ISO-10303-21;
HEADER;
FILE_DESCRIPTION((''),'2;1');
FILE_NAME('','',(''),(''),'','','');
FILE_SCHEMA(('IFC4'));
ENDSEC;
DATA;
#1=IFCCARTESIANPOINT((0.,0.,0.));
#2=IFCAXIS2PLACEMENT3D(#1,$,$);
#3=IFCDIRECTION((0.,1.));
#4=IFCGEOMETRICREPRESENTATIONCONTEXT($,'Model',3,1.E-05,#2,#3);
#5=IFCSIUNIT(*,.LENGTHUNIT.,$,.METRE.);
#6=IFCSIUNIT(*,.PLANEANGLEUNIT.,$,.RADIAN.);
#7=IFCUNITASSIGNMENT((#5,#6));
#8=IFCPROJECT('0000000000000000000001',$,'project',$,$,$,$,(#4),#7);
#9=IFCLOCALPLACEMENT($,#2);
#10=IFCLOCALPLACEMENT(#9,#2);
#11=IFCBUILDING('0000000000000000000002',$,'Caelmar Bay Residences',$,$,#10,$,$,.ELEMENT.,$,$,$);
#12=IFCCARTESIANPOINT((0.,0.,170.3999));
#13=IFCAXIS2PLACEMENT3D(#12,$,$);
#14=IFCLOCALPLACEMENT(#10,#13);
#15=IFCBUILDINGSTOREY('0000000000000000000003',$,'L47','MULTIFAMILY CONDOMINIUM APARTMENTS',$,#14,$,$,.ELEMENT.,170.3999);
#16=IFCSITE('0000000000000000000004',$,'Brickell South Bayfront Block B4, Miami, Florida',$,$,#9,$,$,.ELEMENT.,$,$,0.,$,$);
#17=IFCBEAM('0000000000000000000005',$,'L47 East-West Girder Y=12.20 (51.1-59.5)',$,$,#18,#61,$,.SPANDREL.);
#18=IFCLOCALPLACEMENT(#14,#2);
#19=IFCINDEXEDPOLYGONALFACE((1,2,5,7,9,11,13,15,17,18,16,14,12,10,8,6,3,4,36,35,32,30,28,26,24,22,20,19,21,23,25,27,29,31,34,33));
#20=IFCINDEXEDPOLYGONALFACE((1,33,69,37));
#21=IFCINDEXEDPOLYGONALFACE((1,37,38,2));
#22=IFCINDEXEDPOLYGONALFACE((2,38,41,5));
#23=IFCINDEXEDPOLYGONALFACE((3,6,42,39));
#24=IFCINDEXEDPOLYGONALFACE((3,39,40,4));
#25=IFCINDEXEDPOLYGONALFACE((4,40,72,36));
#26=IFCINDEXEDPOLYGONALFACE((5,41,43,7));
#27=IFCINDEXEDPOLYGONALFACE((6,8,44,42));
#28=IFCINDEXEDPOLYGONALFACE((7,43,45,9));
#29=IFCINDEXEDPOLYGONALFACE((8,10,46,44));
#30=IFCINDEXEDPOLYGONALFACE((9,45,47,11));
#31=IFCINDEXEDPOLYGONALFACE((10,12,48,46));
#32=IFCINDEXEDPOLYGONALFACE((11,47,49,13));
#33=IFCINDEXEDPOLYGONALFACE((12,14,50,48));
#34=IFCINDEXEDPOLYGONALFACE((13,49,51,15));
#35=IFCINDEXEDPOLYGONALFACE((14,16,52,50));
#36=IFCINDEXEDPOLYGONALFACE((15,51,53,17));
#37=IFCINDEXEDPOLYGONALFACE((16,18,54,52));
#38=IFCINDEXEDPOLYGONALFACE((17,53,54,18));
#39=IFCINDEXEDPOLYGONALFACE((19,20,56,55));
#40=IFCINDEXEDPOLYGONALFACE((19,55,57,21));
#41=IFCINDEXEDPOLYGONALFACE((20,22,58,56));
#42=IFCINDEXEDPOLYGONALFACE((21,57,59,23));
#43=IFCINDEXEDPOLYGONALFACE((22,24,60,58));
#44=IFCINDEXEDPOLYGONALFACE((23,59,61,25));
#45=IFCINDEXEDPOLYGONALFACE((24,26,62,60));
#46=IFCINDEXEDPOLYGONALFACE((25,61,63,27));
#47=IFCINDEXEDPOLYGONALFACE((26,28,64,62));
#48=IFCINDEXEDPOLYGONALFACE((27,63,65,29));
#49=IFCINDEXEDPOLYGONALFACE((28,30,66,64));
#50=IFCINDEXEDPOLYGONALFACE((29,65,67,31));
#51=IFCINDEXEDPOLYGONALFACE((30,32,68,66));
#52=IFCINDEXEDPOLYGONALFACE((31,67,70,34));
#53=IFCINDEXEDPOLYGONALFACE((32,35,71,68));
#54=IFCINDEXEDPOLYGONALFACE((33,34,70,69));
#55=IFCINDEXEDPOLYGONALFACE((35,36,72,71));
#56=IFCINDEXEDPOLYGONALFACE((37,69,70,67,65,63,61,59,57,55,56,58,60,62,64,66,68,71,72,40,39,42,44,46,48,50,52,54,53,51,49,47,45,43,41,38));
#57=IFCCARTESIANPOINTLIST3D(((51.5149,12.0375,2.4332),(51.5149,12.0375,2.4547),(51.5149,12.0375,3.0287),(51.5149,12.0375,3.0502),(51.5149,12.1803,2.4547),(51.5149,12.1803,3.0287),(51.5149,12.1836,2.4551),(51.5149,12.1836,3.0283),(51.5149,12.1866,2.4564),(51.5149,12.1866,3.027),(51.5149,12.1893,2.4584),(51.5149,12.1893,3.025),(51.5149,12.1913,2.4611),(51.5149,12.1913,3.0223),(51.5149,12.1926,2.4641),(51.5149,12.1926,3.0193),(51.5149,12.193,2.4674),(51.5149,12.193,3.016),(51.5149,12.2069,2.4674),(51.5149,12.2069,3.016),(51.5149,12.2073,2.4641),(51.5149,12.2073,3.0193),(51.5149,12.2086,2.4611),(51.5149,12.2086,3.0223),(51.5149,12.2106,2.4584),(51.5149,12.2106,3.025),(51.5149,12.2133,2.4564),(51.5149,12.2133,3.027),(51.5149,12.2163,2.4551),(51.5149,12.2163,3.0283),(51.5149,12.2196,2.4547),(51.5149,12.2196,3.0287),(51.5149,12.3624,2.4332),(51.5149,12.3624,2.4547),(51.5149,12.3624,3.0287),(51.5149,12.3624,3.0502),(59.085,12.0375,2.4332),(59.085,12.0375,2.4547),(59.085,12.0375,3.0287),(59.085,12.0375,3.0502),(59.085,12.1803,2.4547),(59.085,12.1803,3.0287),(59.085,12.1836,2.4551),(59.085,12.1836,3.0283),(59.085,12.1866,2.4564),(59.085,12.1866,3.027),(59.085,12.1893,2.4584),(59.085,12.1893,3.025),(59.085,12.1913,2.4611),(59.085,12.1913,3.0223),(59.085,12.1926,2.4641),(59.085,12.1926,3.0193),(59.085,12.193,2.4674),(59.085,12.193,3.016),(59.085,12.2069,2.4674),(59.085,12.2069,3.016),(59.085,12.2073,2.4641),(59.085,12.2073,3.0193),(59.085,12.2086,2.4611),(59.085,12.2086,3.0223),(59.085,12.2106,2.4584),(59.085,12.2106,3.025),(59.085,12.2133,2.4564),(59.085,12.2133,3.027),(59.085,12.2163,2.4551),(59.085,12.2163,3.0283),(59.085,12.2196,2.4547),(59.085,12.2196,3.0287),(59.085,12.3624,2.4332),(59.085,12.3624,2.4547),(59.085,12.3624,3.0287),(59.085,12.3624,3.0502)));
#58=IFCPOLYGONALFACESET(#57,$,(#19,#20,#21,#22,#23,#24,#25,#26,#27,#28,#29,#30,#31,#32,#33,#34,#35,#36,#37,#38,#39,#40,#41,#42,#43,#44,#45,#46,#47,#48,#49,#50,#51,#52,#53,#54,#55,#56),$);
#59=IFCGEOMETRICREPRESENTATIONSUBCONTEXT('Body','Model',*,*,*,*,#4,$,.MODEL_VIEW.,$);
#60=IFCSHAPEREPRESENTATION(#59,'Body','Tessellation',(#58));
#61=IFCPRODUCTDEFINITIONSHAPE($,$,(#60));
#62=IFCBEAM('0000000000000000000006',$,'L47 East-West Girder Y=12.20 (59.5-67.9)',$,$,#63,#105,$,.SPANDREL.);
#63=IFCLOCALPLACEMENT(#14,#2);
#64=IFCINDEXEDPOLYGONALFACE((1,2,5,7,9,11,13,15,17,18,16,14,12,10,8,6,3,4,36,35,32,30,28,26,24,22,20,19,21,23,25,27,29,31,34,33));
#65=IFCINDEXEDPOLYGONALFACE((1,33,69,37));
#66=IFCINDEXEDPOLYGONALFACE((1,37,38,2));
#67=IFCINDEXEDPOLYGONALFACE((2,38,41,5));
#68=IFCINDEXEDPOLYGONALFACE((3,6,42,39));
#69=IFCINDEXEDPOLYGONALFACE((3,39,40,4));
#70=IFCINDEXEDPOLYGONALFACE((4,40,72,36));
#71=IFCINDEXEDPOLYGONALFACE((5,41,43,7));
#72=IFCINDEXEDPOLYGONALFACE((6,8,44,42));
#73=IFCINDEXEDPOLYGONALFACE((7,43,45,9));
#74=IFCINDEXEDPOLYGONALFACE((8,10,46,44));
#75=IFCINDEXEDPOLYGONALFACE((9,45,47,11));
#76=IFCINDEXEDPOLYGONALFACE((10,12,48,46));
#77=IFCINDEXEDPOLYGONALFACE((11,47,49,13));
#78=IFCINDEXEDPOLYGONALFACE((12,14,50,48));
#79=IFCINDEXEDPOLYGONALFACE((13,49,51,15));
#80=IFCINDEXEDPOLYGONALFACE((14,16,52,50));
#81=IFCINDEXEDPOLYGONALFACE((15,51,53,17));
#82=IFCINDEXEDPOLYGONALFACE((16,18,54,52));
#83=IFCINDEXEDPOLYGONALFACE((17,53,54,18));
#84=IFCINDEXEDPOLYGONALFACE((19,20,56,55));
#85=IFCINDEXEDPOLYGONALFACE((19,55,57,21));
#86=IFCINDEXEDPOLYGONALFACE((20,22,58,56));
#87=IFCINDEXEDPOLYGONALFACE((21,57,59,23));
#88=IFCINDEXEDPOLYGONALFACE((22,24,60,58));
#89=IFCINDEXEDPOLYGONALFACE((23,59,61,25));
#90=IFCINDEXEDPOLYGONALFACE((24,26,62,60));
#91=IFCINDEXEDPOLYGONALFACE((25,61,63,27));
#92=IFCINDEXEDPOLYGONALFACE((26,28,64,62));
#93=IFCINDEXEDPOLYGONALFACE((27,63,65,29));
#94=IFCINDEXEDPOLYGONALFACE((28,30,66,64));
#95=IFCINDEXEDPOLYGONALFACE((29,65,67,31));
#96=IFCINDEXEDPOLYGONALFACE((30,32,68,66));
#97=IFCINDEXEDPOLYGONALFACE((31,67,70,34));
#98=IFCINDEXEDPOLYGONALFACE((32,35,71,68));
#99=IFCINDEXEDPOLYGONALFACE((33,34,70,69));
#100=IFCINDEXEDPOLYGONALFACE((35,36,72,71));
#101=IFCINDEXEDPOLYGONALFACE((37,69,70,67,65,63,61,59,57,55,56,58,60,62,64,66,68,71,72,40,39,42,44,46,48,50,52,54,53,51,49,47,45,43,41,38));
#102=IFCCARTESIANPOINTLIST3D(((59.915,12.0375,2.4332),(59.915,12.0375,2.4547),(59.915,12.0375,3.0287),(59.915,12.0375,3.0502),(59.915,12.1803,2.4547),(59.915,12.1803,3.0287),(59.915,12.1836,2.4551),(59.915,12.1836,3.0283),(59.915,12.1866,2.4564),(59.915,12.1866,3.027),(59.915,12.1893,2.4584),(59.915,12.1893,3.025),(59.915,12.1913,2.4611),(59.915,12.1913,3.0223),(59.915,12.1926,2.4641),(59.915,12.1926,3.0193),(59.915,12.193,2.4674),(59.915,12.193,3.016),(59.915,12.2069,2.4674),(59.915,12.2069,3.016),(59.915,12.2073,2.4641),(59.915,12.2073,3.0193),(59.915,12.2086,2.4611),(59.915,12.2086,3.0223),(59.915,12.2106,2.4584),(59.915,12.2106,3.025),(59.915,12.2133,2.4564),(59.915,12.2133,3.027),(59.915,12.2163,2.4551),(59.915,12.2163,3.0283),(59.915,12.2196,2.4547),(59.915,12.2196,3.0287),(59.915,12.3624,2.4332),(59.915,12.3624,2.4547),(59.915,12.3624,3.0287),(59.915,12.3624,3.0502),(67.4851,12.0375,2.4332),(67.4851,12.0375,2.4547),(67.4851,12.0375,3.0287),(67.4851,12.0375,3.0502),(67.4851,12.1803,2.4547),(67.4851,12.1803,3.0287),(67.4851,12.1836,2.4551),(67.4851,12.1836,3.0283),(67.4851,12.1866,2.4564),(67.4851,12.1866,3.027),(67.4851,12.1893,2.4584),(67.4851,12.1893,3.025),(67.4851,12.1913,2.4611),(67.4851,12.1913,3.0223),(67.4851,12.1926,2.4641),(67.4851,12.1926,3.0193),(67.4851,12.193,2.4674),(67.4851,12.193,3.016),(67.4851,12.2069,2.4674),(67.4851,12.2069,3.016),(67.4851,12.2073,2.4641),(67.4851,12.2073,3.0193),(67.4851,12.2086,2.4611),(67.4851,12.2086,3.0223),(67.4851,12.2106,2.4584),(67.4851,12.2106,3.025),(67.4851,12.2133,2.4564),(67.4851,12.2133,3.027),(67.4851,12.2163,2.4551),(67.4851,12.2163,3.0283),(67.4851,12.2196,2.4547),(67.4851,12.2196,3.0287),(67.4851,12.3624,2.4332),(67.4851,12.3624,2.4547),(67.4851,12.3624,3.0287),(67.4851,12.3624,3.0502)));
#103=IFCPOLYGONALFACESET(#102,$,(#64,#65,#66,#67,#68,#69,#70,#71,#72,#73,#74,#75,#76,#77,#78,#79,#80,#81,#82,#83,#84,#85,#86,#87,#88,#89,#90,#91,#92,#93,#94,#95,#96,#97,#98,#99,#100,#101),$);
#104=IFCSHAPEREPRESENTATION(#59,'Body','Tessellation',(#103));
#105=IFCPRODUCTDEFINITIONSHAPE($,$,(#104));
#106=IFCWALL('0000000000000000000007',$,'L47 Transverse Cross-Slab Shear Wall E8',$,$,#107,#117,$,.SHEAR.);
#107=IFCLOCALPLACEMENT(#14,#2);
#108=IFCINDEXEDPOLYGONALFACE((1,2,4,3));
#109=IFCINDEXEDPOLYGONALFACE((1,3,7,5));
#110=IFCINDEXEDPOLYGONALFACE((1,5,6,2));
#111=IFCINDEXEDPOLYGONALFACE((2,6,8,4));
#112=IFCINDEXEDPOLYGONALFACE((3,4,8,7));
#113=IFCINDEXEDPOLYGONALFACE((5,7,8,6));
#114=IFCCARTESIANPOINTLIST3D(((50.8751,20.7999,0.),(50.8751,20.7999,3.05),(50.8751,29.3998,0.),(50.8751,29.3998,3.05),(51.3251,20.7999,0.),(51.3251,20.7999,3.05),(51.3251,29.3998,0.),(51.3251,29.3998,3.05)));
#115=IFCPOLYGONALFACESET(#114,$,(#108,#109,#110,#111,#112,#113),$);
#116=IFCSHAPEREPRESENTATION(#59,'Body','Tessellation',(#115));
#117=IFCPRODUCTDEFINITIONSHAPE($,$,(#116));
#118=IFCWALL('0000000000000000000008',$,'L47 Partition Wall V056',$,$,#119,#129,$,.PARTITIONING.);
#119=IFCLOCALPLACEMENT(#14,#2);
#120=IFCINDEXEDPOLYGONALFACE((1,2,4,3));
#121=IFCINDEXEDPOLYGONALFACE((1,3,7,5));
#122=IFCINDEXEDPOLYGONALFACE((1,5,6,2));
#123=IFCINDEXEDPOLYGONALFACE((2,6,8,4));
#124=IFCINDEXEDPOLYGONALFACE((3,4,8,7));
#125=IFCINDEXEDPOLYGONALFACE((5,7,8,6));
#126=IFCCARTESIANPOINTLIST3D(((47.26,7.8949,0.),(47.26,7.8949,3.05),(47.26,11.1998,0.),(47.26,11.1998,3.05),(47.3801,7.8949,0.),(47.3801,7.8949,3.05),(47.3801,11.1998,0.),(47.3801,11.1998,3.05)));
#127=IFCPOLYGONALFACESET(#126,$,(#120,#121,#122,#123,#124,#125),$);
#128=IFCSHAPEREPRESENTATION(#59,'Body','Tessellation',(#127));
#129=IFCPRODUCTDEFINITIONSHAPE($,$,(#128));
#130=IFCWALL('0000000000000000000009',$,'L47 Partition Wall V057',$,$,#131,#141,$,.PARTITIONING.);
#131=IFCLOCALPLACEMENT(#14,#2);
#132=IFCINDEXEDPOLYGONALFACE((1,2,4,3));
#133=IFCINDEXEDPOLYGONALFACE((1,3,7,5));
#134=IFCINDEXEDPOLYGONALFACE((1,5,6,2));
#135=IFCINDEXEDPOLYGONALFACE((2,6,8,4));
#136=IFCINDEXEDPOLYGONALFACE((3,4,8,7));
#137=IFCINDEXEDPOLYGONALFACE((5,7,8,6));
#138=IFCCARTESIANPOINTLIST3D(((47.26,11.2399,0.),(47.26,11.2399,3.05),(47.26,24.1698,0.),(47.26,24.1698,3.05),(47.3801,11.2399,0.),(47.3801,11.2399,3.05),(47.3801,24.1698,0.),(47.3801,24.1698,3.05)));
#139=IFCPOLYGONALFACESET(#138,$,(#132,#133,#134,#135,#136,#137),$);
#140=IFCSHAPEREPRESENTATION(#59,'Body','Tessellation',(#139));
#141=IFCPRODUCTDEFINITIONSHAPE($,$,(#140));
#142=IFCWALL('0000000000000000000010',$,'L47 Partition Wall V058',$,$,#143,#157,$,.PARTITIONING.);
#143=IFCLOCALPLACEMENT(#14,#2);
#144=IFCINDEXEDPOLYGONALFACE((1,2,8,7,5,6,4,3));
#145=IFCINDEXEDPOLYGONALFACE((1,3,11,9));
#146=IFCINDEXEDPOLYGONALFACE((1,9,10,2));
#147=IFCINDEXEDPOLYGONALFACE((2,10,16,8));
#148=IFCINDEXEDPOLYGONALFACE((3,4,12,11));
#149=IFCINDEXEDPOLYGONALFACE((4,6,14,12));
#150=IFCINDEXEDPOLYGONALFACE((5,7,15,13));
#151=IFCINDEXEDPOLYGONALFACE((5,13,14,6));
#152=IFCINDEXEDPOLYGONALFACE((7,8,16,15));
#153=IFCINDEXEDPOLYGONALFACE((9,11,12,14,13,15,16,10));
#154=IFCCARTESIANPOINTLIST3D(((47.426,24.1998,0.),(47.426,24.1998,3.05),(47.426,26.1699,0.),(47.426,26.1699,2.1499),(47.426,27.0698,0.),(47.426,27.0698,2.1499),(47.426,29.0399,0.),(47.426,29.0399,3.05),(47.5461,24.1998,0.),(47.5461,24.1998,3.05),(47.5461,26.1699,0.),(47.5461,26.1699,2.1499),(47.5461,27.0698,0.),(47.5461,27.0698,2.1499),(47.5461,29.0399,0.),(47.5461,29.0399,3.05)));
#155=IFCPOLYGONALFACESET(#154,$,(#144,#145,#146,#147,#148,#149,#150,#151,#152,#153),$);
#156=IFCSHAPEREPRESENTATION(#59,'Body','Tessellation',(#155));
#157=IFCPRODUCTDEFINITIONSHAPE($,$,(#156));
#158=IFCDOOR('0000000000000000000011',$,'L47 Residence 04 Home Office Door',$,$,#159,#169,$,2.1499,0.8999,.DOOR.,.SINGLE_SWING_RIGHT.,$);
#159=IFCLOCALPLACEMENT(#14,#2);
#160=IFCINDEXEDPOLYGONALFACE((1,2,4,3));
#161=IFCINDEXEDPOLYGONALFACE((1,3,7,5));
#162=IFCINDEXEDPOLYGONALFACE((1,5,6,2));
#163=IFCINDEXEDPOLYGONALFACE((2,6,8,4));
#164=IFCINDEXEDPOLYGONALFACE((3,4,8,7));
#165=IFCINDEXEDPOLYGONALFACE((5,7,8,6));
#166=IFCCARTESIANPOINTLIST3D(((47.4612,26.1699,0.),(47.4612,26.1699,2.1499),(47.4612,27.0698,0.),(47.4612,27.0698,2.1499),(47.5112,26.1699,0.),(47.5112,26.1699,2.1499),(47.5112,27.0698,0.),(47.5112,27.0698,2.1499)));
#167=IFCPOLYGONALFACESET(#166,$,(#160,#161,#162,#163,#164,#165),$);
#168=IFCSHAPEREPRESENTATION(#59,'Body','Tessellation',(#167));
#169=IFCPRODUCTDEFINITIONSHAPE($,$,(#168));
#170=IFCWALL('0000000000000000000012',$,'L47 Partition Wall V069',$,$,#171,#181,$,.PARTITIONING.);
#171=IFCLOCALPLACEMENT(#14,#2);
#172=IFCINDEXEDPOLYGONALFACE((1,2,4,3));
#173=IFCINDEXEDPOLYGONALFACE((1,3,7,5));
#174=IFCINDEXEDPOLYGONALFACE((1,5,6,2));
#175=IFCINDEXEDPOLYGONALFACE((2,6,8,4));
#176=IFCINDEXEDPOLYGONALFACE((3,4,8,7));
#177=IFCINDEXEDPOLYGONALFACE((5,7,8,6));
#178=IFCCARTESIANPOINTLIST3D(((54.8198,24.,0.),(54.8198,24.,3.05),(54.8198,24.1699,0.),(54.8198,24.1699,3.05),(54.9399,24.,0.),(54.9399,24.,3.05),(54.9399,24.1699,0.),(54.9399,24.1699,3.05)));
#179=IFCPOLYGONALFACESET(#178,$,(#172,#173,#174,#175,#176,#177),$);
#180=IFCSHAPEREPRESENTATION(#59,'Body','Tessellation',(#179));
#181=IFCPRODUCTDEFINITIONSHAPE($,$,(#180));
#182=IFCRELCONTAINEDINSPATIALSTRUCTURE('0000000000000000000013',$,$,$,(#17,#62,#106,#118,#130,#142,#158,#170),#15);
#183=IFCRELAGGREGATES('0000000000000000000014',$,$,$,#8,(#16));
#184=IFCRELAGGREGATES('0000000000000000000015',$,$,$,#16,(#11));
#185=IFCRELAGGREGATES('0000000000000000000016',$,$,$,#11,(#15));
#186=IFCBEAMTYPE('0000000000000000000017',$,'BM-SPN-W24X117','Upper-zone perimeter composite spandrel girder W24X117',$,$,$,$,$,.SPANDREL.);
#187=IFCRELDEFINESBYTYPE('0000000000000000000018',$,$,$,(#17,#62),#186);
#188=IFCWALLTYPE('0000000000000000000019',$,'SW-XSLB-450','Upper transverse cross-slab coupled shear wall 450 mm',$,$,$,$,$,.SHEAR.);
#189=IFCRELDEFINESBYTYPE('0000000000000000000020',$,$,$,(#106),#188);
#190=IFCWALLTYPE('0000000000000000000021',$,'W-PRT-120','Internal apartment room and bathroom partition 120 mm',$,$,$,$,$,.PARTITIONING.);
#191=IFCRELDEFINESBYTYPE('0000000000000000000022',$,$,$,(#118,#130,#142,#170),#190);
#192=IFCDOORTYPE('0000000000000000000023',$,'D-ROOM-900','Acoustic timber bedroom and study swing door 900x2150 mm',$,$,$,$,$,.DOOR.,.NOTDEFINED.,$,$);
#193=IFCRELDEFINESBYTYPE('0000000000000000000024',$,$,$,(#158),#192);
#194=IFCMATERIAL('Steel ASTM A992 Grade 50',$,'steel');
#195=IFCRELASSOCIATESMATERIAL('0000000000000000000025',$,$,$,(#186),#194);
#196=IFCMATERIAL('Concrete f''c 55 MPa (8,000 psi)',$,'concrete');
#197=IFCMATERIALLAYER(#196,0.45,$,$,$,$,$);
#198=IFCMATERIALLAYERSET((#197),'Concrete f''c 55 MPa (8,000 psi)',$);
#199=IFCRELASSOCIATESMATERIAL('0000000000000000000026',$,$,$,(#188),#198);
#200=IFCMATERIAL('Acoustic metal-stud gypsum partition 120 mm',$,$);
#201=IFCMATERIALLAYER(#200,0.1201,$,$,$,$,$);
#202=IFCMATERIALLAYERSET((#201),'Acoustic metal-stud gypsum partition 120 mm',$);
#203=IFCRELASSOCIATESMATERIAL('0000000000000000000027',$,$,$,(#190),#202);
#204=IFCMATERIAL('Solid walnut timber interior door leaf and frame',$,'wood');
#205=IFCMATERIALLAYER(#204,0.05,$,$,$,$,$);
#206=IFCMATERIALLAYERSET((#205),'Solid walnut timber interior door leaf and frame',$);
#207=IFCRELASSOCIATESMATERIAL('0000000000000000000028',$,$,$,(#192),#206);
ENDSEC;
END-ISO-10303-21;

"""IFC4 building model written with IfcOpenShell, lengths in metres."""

from ifc_helpers import new_model, si_unit, direction, frame, frame_2d, origin, origin_2d, place, context, subcontext, project, spatial, rectangle, i_section, extrude, material, layer, layer_set, material_profile, profile_set, type_object, element, fill, save


model = new_model("IFC4")

# Units and contexts
model_context = context("Model", 3, precision=1e-05, world=origin(), true_north=direction((0.0, 1.0)))
body_context = subcontext(model_context, "Body", "Model", "MODEL_VIEW")
ifc_project = project(units=[si_unit("LENGTHUNIT", "METRE"), si_unit("PLANEANGLEUNIT", "RADIAN")], contexts=[model_context])

# Site, building, storey
site_placement = place(None, origin())
site = spatial("IfcSite", under=ifc_project, at=site_placement, Name="Brickell South Bayfront Block B4, Miami, Florida", CompositionType="ELEMENT", RefElevation=0.0)
building_placement = place(site_placement, origin())
building = spatial("IfcBuilding", under=site, at=building_placement, Name="Caelmar Bay Residences", CompositionType="ELEMENT")
storey_placement = place(building_placement, frame((0.0, 0.0, 170.3999)))
storey = spatial("IfcBuildingStorey", under=building, at=storey_placement, Name="L47", Description="MULTIFAMILY CONDOMINIUM APARTMENTS", CompositionType="ELEMENT", Elevation=170.3999)

# Shared definitions
ifc_material_1 = material(Name="Concrete f'c 55 MPa (8,000 psi)", Category="concrete")

# Beams
ifc_material_2 = material(Name="Steel ASTM A992 Grade 50", Category="steel")
ifc_material_profile_1 = material_profile(ifc_material_2, i_section(OverallWidth=0.325, OverallDepth=0.6169, WebThickness=0.0139, FlangeThickness=0.0215, FilletRadius=0.0127, at=origin_2d()), Name="W24X117")
ifc_profile_set_1 = profile_set([ifc_material_profile_1], Name="Steel ASTM A992 Grade 50")
beam_type_1 = type_object("IfcBeamType", Name="BM-SPN-W24X117", Description="Upper-zone perimeter composite spandrel girder W24X117", PredefinedType="SPANDREL", material=ifc_profile_set_1)
for number, where, z_axis, x_axis, name in (
    (1, (51.5149, 12.2, 2.7417), (1.0, 0.0, 0.0), (0.0, 1.0, 0.0), "L47 East-West Girder Y=12.20 (51.1-59.5)"),
    (2, (59.915, 12.2, 2.7417), (1.0, 0.0, 0.0), (0.0, 1.0, 0.0), "L47 East-West Girder Y=12.20 (59.5-67.9)"),
):
    element("IfcBeam", number, at=place(storey_placement, frame(where, z_axis=z_axis, x_axis=x_axis)), inside=storey, type_object=beam_type_1, Name=name, PredefinedType="SPANDREL", context=body_context, shape_type="SweptSolid", body=[
        extrude(i_section(OverallWidth=0.325, OverallDepth=0.6169, WebThickness=0.0139, FlangeThickness=0.0215, FilletRadius=0.0127, at=origin_2d()), origin(), (0.0, 0.0, 1.0), 7.5701),
    ])

# Walls
ifc_layer_1 = layer(ifc_material_1, 0.45)
ifc_layer_set_1 = layer_set([ifc_layer_1], Name="Concrete f'c 55 MPa (8,000 psi)")
wall_type_1 = type_object("IfcWallType", Name="SW-XSLB-450", Description="Upper transverse cross-slab coupled shear wall 450 mm", PredefinedType="SHEAR", material=ifc_layer_set_1)
wall_1_placement = place(storey_placement, frame((51.1001, 20.8, 0.0), z_axis=(0.0, 0.0, 1.0), x_axis=(0.0, 1.0, 0.0)))
element("IfcWall", 3, at=wall_1_placement, inside=storey, type_object=wall_type_1, Name="L47 Transverse Cross-Slab Shear Wall E8", PredefinedType="SHEAR", context=body_context, shape_type="SweptSolid", body=[
    extrude(rectangle(XDim=8.5999, YDim=0.45, at=frame_2d((4.2998, 0.0))), origin(), (0.0, 0.0, 1.0), 3.05),
])
ifc_material_3 = material(Name="Acoustic metal-stud gypsum partition 120 mm")
ifc_layer_2 = layer(ifc_material_3, 0.1201)
ifc_layer_set_2 = layer_set([ifc_layer_2], Name="Acoustic metal-stud gypsum partition 120 mm")
wall_type_2 = type_object("IfcWallType", Name="W-PRT-120", Description="Internal apartment room and bathroom partition 120 mm", PredefinedType="PARTITIONING", material=ifc_layer_set_2)
wall_2_placement = place(storey_placement, frame((47.3201, 7.895, 0.0), z_axis=(0.0, 0.0, 1.0), x_axis=(0.0, 1.0, 0.0)))
element("IfcWall", 4, at=wall_2_placement, inside=storey, type_object=wall_type_2, Name="L47 Partition Wall V056", PredefinedType="PARTITIONING", context=body_context, shape_type="SweptSolid", body=[
    extrude(rectangle(XDim=3.3049, YDim=0.1201, at=frame_2d((1.6523, 0.0))), origin(), (0.0, 0.0, 1.0), 3.05),
])
wall_3_placement = place(storey_placement, frame((47.3201, 11.24, 0.0), z_axis=(0.0, 0.0, 1.0), x_axis=(0.0, 1.0, 0.0)))
element("IfcWall", 5, at=wall_3_placement, inside=storey, type_object=wall_type_2, Name="L47 Partition Wall V057", PredefinedType="PARTITIONING", context=body_context, shape_type="SweptSolid", body=[
    extrude(rectangle(XDim=12.9299, YDim=0.1201, at=frame_2d((6.4648, 0.0))), origin(), (0.0, 0.0, 1.0), 3.05),
])

# Wall, opening, door
wall_4_placement = place(storey_placement, frame((47.4861, 24.2, 0.0), z_axis=(0.0, 0.0, 1.0), x_axis=(0.0, 1.0, 0.0)))
wall_4 = element("IfcWall", 6, at=wall_4_placement, inside=storey, type_object=wall_type_2, Name="L47 Partition Wall V058", PredefinedType="PARTITIONING", context=body_context, shape_type="SweptSolid", body=[
    extrude(rectangle(XDim=4.8401, YDim=0.1201, at=frame_2d((2.4199, 0.0))), origin(), (0.0, 0.0, 1.0), 3.05),
])
opening_1_placement = place(wall_4_placement, frame((1.97, 0.0, 0.0)))
opening_1 = element("IfcOpeningElement", 7, at=opening_1_placement, cuts=wall_4, PredefinedType="OPENING", context=body_context, shape_type="SweptSolid", body=[
    extrude(rectangle(XDim=0.8999, YDim=2.1499, at=frame_2d((0.45, 1.075))), frame((0.0, 0.0701, 0.0), z_axis=(0.0, -1.0, 0.0), x_axis=(1.0, 0.0, 0.0)), (0.0, 0.0, 1.0), 0.1401),
])
ifc_material_4 = material(Name="Solid walnut timber interior door leaf and frame", Category="wood")
ifc_layer_3 = layer(ifc_material_4, 0.05)
ifc_layer_set_3 = layer_set([ifc_layer_3], Name="Solid walnut timber interior door leaf and frame")
door_type = type_object("IfcDoorType", Name="D-ROOM-900", Description="Acoustic timber bedroom and study swing door 900x2150 mm", OperationType="NOTDEFINED", PredefinedType="DOOR", material=ifc_layer_set_3)
door_1_placement = place(opening_1_placement, origin())
door_1 = element("IfcDoor", 8, at=door_1_placement, inside=storey, type_object=door_type, Name="L47 Residence 04 Home Office Door", OperationType="SINGLE_SWING_RIGHT", OverallHeight=2.1499, OverallWidth=0.8999, PredefinedType="DOOR", context=body_context, shape_type="SweptSolid", body=[
    extrude(rectangle(XDim=0.8999, YDim=2.1499, at=frame_2d((0.45, 1.075))), frame((0.0, 0.0249, 0.0), z_axis=(0.0, -1.0, 0.0), x_axis=(1.0, 0.0, 0.0)), (0.0, 0.0, 1.0), 0.05),
])
fill(opening_1, door_1)

# Wall
wall_5_placement = place(storey_placement, frame((54.8799, 24.0, 0.0), z_axis=(0.0, 0.0, 1.0), x_axis=(0.0, 1.0, 0.0)))
element("IfcWall", 9, at=wall_5_placement, inside=storey, type_object=wall_type_2, Name="L47 Partition Wall V069", PredefinedType="PARTITIONING", context=body_context, shape_type="SweptSolid", body=[
    extrude(rectangle(XDim=0.1699, YDim=0.1201, at=frame_2d((0.085, 0.0))), origin(), (0.0, 0.0, 1.0), 3.05),
])

save(model, "model.ifc")
